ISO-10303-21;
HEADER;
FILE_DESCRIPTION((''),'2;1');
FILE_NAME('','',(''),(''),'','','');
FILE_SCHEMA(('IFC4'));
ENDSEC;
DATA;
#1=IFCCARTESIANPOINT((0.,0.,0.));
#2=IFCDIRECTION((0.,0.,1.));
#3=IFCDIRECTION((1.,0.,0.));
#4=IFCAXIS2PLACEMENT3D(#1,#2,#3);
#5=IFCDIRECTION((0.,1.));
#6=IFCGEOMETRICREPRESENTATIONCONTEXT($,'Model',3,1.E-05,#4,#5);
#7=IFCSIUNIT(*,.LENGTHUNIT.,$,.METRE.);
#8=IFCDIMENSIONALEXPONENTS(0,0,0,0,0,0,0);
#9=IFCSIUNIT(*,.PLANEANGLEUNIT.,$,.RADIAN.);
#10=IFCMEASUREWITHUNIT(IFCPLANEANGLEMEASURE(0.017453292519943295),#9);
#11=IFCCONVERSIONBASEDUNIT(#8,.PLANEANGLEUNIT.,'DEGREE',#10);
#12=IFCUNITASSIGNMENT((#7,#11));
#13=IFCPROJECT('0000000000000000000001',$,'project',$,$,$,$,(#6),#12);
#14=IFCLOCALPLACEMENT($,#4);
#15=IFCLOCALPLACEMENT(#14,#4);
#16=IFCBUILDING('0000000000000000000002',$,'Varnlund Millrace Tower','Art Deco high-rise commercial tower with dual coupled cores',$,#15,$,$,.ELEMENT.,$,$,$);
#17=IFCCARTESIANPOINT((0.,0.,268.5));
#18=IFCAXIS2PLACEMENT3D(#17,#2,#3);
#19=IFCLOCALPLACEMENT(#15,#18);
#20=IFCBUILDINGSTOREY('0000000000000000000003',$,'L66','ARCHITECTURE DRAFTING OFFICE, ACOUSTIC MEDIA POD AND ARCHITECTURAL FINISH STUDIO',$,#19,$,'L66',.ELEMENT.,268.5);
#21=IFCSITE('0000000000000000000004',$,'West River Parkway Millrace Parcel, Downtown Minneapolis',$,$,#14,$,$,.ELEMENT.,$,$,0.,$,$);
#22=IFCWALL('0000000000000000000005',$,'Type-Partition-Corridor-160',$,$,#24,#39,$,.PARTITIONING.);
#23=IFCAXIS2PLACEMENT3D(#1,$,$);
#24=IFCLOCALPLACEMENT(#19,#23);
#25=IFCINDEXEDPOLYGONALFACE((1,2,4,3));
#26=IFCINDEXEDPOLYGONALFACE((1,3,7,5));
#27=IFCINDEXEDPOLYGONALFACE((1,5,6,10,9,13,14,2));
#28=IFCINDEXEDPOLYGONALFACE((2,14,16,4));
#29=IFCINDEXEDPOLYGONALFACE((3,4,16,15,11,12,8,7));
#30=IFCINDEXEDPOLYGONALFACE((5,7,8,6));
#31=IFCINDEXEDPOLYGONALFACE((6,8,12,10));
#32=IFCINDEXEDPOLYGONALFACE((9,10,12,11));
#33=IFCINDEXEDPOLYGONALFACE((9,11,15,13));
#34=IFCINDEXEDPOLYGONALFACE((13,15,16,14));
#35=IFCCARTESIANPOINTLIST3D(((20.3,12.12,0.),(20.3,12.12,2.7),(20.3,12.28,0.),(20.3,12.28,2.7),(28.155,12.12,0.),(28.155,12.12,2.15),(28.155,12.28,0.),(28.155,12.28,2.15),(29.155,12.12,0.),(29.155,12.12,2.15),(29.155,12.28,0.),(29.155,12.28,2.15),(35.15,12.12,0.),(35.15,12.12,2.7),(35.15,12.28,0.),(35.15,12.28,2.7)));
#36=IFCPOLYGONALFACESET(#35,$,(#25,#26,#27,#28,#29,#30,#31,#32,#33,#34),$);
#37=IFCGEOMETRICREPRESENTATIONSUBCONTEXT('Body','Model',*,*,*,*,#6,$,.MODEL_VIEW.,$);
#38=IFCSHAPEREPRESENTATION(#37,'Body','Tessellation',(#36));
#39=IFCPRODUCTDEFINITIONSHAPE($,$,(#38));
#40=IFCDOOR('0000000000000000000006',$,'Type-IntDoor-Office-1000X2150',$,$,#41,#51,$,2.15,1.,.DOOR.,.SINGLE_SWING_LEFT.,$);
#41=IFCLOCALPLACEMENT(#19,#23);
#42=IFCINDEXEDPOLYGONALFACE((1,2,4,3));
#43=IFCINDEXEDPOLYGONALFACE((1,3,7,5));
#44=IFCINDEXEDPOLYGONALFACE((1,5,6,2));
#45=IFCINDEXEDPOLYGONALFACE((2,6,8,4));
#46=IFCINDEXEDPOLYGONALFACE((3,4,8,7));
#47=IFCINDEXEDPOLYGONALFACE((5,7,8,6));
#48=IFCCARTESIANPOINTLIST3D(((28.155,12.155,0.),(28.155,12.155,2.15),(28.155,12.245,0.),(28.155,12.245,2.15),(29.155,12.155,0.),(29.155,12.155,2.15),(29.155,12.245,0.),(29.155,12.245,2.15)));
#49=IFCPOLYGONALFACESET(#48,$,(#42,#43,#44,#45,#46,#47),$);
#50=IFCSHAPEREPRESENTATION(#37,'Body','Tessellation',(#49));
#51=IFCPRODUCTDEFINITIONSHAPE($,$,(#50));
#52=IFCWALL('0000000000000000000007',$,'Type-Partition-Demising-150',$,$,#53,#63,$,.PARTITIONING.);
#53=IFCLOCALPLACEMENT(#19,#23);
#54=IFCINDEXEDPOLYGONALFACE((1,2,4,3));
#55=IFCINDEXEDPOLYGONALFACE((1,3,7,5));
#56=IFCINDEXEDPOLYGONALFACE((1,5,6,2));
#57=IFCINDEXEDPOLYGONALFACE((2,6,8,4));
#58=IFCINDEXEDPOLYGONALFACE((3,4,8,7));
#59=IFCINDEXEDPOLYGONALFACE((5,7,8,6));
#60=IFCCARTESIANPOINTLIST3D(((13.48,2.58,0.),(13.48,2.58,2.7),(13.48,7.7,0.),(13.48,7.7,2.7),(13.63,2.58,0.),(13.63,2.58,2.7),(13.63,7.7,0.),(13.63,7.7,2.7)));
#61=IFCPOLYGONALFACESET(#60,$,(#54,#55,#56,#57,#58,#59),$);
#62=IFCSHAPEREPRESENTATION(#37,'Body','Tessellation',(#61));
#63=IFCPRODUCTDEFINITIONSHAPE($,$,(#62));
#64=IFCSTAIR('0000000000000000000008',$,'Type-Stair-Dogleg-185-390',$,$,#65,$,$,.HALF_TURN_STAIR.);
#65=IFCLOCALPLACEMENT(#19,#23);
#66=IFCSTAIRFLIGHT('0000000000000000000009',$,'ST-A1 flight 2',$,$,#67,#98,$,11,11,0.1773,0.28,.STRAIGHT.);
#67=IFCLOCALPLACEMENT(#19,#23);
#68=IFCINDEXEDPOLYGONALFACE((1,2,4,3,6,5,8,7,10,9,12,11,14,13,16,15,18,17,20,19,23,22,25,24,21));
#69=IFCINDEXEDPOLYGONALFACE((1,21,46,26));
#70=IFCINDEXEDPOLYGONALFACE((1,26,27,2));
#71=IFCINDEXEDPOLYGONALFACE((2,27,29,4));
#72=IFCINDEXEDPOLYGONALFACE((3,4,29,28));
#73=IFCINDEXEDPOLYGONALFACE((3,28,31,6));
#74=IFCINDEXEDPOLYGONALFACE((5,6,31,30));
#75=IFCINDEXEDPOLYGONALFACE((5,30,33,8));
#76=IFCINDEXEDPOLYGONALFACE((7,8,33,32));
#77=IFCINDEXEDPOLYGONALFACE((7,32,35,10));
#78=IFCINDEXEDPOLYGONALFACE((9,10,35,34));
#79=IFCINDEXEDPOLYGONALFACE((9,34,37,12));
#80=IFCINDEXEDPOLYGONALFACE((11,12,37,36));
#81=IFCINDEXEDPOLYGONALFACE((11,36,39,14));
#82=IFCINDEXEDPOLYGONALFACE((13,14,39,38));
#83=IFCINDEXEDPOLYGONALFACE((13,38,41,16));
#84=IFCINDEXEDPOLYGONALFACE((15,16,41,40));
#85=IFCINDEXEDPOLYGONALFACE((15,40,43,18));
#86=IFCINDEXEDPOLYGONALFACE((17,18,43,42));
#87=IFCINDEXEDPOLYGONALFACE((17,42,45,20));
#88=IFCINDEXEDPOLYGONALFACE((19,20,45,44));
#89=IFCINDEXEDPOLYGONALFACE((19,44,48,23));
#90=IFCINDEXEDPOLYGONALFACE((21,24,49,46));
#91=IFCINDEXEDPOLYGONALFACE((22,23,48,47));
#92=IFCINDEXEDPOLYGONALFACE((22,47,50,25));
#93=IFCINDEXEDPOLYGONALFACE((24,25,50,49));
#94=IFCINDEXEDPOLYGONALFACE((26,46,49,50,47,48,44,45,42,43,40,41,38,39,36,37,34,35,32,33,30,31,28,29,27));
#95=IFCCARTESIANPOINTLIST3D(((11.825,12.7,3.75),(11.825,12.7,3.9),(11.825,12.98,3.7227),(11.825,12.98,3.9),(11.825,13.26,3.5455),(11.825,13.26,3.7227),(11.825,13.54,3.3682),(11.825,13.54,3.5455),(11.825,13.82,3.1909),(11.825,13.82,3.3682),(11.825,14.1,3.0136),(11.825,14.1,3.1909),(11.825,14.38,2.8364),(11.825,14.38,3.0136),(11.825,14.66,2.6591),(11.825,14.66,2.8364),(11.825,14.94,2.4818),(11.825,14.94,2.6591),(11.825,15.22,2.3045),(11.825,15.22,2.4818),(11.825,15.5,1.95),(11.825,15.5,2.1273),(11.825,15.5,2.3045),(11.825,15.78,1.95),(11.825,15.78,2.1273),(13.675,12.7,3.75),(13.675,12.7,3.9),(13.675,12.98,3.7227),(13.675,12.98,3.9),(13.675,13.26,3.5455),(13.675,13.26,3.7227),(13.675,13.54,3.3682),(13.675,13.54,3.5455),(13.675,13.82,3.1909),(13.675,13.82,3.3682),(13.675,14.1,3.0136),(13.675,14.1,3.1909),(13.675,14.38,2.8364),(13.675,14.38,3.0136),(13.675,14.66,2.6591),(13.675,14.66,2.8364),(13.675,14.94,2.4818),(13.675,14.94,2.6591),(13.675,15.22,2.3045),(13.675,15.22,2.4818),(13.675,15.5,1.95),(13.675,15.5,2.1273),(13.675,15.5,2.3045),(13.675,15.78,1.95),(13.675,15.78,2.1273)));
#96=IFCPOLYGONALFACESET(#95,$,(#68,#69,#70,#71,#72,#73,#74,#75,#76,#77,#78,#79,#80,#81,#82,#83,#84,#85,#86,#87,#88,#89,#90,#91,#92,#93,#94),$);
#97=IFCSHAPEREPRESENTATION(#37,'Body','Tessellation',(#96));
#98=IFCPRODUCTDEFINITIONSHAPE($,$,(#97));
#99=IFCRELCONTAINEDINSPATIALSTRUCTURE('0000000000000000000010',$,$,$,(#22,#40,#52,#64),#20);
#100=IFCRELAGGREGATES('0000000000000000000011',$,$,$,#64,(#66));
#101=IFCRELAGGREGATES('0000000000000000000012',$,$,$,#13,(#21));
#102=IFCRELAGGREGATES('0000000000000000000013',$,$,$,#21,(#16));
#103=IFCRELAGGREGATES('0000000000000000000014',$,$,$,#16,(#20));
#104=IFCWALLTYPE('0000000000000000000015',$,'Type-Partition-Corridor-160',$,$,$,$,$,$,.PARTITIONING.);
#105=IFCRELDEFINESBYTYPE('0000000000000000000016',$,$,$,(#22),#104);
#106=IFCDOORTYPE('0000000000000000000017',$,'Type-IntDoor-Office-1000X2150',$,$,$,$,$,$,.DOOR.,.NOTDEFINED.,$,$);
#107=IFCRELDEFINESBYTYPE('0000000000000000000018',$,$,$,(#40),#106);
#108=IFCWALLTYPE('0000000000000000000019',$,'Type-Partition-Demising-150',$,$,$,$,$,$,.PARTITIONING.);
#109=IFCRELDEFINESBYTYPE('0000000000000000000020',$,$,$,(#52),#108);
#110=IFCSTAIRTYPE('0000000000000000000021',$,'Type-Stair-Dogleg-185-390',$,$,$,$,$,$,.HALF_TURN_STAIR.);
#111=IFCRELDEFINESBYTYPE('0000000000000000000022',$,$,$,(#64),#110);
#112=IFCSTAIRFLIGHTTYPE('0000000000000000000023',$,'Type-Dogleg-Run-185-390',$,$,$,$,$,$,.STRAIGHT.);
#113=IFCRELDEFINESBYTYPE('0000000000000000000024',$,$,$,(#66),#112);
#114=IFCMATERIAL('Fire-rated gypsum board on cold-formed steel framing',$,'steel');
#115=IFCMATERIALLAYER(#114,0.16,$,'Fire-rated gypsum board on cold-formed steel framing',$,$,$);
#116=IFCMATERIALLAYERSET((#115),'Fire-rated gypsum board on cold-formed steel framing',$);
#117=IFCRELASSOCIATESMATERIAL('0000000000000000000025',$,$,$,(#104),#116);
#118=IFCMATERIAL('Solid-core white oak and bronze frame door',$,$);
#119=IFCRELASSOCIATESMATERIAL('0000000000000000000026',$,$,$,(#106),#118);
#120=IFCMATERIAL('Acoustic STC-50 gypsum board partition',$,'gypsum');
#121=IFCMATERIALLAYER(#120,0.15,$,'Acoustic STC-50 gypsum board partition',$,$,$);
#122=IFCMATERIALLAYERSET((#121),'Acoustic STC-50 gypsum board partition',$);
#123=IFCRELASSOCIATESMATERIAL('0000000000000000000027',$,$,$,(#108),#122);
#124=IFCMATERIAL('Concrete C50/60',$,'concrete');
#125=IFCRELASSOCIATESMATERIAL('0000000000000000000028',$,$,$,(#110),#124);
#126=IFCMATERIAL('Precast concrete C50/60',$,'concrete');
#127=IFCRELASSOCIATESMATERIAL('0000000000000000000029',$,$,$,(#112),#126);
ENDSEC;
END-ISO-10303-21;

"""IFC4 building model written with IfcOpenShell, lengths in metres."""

from ifc_helpers import new_model, entity, si_unit, converted_unit, direction, frame, origin_with_axes, origin_2d_with_axis, place, context, subcontext, project, spatial, polyline, rectangle, outline, extrude, material, layer, layer_set, type_object, element, fill, aggregate, save


model = new_model("IFC4")

# Units and contexts
model_context = context("Model", 3, precision=1e-05, world=origin_with_axes(), true_north=direction((0.0, 1.0)))
body_context = subcontext(model_context, "Body", "Model", "MODEL_VIEW")
ifc_project = project(units=[si_unit("LENGTHUNIT", "METRE"), converted_unit("PLANEANGLEUNIT", "DEGREE", entity("IfcPlaneAngleMeasure", 0.017453292519943295), si_unit("PLANEANGLEUNIT", "RADIAN"), dimensions=[0, 0, 0, 0, 0, 0, 0])], contexts=[model_context])

# Site, building, storey
site_placement = place(None, origin_with_axes())
site = spatial("IfcSite", under=ifc_project, at=site_placement, Name="West River Parkway Millrace Parcel, Downtown Minneapolis", CompositionType="ELEMENT", RefElevation=0.0)
building_placement = place(site_placement, origin_with_axes())
building = spatial("IfcBuilding", under=site, at=building_placement, Name="Varnlund Millrace Tower", Description="Art Deco high-rise commercial tower with dual coupled cores", CompositionType="ELEMENT")
storey_placement = place(building_placement, frame((0.0, 0.0, 268.5), z_axis=(0.0, 0.0, 1.0), x_axis=(1.0, 0.0, 0.0)))
storey = spatial("IfcBuildingStorey", under=building, at=storey_placement, Name="L66", Description="ARCHITECTURE DRAFTING OFFICE, ACOUSTIC MEDIA POD AND ARCHITECTURAL FINISH STUDIO", LongName="L66", CompositionType="ELEMENT", Elevation=268.5)

# Wall, opening, door
ifc_material_1 = material(Name="Fire-rated gypsum board on cold-formed steel framing", Category="steel")
ifc_layer_1 = layer(ifc_material_1, 0.16, Name="Fire-rated gypsum board on cold-formed steel framing")
ifc_layer_set_1 = layer_set([ifc_layer_1], Name="Fire-rated gypsum board on cold-formed steel framing")
wall_type_1 = type_object("IfcWallType", Name="Type-Partition-Corridor-160", PredefinedType="PARTITIONING", material=ifc_layer_set_1)
wall_1_placement = place(storey_placement, frame((20.3, 12.2, 0.0), z_axis=(0.0, 0.0, 1.0), x_axis=(1.0, 0.0, 0.0)))
wall_1 = element("IfcWall", 1, at=wall_1_placement, inside=storey, type_object=wall_type_1, Name="Type-Partition-Corridor-160", PredefinedType="PARTITIONING", context=body_context, shape_type="SweptSolid", body=[
    extrude(outline(polyline([(0.0, -0.08), (14.85, -0.08), (14.85, 0.08), (0.0, 0.08), (0.0, -0.08)])), origin_with_axes(), (0.0, 0.0, 1.0), 2.7),
])
opening_1_placement = place(wall_1_placement, frame((8.355, 0.0, 0.0), z_axis=(0.0, 0.0, 1.0), x_axis=(1.0, 0.0, 0.0)))
opening_1 = element("IfcOpeningElement", 2, at=opening_1_placement, cuts=wall_1, PredefinedType="OPENING", context=body_context, shape_type="SweptSolid", body=[
    extrude(rectangle(XDim=1.0, YDim=0.18, at=origin_2d_with_axis()), origin_with_axes(), (0.0, 0.0, 1.0), 2.15),
])
ifc_material_2 = material(Name="Solid-core white oak and bronze frame door")
door_type = type_object("IfcDoorType", Name="Type-IntDoor-Office-1000X2150", OperationType="NOTDEFINED", PredefinedType="DOOR", material=ifc_material_2)
door_1_placement = place(wall_1_placement, frame((8.355, 0.0, 0.0), z_axis=(0.0, 0.0, 1.0), x_axis=(1.0, 0.0, 0.0)))
door_1 = element("IfcDoor", 3, at=door_1_placement, inside=storey, type_object=door_type, Name="Type-IntDoor-Office-1000X2150", OperationType="SINGLE_SWING_LEFT", OverallHeight=2.15, OverallWidth=1.0, PredefinedType="DOOR", context=body_context, shape_type="SweptSolid", body=[
    extrude(rectangle(XDim=1.0, YDim=0.09, at=origin_2d_with_axis()), origin_with_axes(), (0.0, 0.0, 1.0), 2.15),
])
fill(opening_1, door_1)

# Wall
ifc_material_3 = material(Name="Acoustic STC-50 gypsum board partition", Category="gypsum")
ifc_layer_2 = layer(ifc_material_3, 0.15, Name="Acoustic STC-50 gypsum board partition")
ifc_layer_set_2 = layer_set([ifc_layer_2], Name="Acoustic STC-50 gypsum board partition")
wall_type_2 = type_object("IfcWallType", Name="Type-Partition-Demising-150", PredefinedType="PARTITIONING", material=ifc_layer_set_2)
wall_2_placement = place(storey_placement, frame((13.555, 2.58, 0.0), z_axis=(0.0, 0.0, 1.0), x_axis=(0.0, 1.0, 0.0)))
element("IfcWall", 4, at=wall_2_placement, inside=storey, type_object=wall_type_2, Name="Type-Partition-Demising-150", PredefinedType="PARTITIONING", context=body_context, shape_type="SweptSolid", body=[
    extrude(outline(polyline([(0.0, -0.075), (5.12, -0.075), (5.12, 0.075), (0.0, 0.075), (0.0, -0.075)])), origin_with_axes(), (0.0, 0.0, 1.0), 2.7),
])

# Stair, stair flight
ifc_material_4 = material(Name="Concrete C50/60", Category="concrete")
stair_type = type_object("IfcStairType", Name="Type-Stair-Dogleg-185-390", PredefinedType="HALF_TURN_STAIR", material=ifc_material_4)
stair_placement = place(storey_placement, origin_with_axes())
stair = element("IfcStair", 5, at=stair_placement, inside=storey, type_object=stair_type, Name="Type-Stair-Dogleg-185-390", PredefinedType="HALF_TURN_STAIR")
ifc_material_5 = material(Name="Precast concrete C50/60", Category="concrete")
stair_flight_type = type_object("IfcStairFlightType", Name="Type-Dogleg-Run-185-390", PredefinedType="STRAIGHT", material=ifc_material_5)
stair_flight_placement = place(storey_placement, frame((13.675, 15.78, 1.95), z_axis=(-1.0, 0.0, 0.0), x_axis=(0.0, -1.0, 0.0)))
stair_flight = element("IfcStairFlight", 6, at=stair_flight_placement, type_object=stair_flight_type, Name="ST-A1 flight 2", NumberOfRisers=11, NumberOfTreads=11, PredefinedType="STRAIGHT", RiserHeight=0.1773, TreadLength=0.28, context=body_context, shape_type="SweptSolid", body=[
    extrude(outline(polyline([(0.0, 0.0), (0.0, 0.1773), (0.28, 0.1773), (0.28, 0.3545), (0.56, 0.3545), (0.56, 0.5318), (0.84, 0.5318), (0.84, 0.7091), (1.12, 0.7091), (1.12, 0.8864), (1.4, 0.8864), (1.4, 1.0636), (1.68, 1.0636), (1.68, 1.2409), (1.96, 1.2409), (1.96, 1.4182), (2.24, 1.4182), (2.24, 1.5955), (2.52, 1.5955), (2.52, 1.7727), (2.8, 1.7727), (2.8, 1.95), (3.08, 1.95), (3.08, 1.8), (0.28, 0.0), (0.0, 0.0)])), origin_with_axes(), (0.0, 0.0, 1.0), 1.85),
])
aggregate(stair, [stair_flight])

save(model, "model.ifc")
